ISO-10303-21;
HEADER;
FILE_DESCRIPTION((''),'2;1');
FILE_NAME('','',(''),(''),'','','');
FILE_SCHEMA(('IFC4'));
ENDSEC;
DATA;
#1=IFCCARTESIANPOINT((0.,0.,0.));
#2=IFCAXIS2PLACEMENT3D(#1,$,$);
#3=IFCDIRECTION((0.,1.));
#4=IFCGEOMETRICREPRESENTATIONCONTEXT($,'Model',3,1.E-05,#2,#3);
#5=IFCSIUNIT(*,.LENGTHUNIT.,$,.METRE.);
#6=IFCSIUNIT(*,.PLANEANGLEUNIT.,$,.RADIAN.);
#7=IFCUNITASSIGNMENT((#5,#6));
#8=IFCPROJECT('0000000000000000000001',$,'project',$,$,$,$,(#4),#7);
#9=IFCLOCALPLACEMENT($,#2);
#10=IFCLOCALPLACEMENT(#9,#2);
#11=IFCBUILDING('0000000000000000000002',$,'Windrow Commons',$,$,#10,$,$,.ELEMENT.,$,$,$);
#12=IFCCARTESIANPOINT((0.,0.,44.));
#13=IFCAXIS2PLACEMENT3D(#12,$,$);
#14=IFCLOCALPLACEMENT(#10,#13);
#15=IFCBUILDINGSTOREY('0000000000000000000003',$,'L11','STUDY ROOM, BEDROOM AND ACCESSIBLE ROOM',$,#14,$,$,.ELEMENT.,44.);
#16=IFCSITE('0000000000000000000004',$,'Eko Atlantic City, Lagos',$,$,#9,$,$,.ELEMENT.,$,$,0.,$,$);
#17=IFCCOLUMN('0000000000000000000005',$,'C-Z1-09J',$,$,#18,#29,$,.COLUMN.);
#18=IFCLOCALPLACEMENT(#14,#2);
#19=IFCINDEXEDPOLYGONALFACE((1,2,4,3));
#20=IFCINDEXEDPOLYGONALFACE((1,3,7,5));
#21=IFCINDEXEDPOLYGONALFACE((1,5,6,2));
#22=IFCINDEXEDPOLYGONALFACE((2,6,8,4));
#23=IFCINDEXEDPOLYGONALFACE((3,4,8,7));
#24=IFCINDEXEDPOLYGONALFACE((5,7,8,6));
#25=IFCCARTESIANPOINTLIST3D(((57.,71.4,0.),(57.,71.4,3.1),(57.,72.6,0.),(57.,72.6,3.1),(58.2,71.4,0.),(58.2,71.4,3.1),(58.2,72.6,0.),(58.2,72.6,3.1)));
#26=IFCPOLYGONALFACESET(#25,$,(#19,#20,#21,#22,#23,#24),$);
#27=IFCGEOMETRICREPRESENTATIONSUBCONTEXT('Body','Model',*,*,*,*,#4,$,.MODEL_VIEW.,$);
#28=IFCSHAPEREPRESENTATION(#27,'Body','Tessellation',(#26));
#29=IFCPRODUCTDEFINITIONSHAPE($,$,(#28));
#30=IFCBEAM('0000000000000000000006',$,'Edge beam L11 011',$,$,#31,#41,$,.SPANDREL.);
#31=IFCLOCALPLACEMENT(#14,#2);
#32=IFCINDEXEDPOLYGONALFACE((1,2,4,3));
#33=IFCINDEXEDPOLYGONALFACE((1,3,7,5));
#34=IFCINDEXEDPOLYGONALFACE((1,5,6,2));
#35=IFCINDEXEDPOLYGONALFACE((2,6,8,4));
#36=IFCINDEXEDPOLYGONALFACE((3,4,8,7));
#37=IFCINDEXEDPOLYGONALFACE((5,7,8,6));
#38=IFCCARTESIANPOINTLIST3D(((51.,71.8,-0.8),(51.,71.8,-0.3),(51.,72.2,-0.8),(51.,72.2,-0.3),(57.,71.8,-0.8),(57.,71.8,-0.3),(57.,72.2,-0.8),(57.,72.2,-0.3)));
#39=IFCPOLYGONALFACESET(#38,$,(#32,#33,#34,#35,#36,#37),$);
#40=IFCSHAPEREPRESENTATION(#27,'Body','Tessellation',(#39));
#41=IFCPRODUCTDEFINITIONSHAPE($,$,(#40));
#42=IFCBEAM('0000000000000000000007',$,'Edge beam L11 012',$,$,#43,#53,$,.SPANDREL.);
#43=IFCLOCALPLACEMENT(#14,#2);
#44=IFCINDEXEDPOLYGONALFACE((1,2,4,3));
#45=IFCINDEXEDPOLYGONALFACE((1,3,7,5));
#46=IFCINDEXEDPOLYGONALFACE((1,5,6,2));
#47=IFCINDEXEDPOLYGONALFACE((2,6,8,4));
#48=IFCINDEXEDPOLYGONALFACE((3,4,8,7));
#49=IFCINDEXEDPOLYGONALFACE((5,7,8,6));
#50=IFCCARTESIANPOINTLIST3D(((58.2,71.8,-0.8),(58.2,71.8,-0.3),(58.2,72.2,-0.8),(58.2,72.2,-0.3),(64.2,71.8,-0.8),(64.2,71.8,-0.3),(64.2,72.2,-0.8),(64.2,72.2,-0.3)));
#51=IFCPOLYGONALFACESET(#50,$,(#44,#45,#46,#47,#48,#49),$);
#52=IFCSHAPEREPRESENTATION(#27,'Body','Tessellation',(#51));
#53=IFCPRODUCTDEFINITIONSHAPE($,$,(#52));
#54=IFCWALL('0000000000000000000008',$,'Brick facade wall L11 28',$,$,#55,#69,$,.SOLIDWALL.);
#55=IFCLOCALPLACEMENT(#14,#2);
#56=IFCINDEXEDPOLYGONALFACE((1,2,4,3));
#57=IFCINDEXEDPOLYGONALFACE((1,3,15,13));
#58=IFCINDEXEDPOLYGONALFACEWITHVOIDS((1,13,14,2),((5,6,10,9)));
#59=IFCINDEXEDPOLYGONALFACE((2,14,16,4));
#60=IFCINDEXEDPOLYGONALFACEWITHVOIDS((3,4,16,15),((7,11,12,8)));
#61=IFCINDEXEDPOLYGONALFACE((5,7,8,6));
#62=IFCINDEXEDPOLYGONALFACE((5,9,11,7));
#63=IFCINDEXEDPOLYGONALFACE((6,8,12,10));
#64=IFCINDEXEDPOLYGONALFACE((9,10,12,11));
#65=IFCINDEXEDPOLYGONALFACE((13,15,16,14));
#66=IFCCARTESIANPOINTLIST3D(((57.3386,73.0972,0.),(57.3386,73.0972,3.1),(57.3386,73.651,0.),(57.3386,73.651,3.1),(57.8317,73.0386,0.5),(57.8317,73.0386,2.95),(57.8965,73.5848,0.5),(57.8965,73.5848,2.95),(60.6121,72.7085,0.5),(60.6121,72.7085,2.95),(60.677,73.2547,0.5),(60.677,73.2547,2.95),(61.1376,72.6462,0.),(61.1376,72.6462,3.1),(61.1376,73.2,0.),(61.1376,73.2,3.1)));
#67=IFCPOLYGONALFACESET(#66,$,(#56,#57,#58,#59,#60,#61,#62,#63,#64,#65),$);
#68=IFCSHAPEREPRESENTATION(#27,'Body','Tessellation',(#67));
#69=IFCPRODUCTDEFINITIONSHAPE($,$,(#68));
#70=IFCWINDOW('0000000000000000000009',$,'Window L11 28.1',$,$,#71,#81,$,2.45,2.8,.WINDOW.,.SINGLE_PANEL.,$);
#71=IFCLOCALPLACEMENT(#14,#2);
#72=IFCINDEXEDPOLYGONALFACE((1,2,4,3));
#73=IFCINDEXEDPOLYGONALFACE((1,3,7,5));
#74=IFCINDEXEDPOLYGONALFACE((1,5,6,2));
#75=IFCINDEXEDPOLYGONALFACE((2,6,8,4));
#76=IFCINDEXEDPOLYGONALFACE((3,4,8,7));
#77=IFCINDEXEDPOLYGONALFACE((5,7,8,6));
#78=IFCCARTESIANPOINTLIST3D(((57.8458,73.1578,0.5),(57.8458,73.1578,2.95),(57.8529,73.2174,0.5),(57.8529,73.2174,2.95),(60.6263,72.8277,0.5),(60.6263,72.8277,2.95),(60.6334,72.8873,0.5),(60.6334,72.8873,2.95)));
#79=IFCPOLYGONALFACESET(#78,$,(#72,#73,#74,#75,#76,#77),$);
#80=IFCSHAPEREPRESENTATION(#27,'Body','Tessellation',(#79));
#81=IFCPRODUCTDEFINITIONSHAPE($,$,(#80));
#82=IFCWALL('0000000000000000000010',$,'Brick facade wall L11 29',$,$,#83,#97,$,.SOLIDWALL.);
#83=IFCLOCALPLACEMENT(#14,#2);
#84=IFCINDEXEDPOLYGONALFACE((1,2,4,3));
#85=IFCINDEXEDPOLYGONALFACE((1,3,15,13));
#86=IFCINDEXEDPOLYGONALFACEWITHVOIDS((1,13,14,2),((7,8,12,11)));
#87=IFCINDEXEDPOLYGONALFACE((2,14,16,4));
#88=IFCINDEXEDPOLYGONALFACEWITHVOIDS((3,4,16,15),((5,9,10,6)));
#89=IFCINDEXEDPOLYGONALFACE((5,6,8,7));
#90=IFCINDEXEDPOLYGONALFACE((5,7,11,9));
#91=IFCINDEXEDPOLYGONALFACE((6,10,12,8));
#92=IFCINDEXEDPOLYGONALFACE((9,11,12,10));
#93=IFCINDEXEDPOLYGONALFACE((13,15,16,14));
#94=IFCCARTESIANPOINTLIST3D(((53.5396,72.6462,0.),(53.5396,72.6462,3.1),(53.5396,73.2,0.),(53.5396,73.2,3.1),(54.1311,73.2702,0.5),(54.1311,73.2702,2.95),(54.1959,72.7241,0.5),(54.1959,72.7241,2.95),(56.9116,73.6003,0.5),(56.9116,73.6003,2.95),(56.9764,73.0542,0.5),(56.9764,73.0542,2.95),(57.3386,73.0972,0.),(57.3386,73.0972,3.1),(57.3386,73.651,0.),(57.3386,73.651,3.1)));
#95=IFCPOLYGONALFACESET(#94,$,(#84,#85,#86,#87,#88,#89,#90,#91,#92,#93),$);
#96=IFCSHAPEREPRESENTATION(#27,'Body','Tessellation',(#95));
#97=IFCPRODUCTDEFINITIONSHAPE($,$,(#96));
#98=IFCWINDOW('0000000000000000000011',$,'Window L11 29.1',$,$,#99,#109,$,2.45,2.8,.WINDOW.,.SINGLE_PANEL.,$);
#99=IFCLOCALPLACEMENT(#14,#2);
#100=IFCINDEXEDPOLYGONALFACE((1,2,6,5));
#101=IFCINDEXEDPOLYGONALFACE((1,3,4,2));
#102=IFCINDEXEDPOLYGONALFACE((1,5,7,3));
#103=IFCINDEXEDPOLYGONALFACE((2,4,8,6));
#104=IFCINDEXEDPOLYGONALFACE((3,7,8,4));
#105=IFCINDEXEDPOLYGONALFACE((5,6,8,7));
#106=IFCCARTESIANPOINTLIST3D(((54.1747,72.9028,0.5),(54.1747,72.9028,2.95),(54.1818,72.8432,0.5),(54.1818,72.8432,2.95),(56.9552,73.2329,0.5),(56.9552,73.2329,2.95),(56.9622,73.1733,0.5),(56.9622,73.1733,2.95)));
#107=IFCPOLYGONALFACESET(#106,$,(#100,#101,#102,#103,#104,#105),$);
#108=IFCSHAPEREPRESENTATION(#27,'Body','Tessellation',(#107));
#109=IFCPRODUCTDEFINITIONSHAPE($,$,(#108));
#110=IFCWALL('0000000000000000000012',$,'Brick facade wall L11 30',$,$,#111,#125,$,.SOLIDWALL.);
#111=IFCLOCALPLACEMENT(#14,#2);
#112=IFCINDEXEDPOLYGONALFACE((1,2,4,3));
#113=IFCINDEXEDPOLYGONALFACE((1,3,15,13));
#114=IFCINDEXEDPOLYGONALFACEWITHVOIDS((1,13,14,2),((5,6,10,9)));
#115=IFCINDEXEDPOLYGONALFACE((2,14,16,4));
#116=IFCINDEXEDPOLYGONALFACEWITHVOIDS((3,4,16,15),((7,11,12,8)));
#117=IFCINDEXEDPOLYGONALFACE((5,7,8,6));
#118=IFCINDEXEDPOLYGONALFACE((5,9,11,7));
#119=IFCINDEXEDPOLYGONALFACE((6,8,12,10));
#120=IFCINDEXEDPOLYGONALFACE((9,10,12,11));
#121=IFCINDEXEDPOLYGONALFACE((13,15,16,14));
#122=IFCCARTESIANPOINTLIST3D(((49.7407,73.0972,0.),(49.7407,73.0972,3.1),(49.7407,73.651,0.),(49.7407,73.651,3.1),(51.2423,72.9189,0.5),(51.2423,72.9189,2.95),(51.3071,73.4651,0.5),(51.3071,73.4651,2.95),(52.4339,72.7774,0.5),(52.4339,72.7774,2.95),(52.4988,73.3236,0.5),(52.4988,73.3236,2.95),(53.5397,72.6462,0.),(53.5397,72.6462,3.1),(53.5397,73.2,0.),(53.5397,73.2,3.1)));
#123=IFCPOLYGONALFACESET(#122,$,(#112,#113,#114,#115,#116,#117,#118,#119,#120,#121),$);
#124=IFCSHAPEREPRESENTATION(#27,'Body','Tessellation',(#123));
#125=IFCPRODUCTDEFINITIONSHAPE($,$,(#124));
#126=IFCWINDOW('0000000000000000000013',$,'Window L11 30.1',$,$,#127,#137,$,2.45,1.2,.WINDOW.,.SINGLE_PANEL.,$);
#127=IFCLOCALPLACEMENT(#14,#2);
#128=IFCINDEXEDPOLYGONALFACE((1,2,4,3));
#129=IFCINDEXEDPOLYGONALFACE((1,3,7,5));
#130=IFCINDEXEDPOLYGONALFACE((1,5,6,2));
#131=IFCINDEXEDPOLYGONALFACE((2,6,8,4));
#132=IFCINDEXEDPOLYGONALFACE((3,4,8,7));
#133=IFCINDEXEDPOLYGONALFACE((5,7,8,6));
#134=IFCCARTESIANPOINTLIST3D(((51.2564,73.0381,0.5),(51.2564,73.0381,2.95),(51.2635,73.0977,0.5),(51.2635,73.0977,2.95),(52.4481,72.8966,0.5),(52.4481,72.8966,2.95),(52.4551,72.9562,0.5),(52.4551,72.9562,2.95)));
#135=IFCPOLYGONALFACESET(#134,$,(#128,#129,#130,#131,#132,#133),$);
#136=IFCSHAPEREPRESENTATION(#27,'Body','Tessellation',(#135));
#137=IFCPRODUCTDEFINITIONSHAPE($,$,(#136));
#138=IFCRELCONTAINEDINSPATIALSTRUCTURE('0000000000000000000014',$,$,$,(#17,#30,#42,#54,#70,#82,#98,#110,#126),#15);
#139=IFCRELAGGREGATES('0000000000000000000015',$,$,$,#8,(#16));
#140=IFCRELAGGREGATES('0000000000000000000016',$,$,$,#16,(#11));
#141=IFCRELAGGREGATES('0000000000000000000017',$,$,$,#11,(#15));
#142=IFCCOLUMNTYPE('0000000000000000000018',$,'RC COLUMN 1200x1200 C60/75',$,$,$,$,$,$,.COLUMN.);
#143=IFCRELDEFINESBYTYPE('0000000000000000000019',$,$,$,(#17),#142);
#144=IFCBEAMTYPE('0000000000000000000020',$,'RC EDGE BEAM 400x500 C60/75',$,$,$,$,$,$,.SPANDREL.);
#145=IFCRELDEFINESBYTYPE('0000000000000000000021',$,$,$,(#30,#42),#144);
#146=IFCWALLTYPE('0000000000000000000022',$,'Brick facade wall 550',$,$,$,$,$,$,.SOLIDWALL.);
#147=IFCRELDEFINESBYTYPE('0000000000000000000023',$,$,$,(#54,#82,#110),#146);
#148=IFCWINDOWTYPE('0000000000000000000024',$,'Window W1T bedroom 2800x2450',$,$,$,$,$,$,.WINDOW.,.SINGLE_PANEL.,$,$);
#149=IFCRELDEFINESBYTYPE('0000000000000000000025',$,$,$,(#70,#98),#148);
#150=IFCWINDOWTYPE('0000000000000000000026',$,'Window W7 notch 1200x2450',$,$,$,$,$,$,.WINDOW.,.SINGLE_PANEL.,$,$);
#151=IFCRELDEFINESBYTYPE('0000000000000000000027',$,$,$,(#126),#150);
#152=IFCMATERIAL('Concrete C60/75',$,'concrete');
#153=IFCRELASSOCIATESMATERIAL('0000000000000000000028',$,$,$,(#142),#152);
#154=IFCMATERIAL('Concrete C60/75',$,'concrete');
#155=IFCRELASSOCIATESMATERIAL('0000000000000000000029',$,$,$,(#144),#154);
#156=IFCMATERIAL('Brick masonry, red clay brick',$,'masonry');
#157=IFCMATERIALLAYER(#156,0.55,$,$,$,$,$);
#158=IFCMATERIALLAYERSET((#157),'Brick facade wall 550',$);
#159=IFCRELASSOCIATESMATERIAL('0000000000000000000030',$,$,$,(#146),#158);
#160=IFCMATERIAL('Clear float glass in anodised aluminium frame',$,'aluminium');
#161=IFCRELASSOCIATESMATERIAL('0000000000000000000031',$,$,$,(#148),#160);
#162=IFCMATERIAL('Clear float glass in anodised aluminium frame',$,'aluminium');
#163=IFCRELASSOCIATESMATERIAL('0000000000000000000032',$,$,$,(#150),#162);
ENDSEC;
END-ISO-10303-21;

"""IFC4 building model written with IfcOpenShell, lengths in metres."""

from ifc_helpers import new_model, si_unit, direction, frame, frame_2d, origin, origin_2d, place, context, subcontext, project, spatial, polyline, rectangle, outline, extrude, material, layer, layer_set, material_profile, profile_set, type_object, element, fill, save


model = new_model("IFC4")

# Units and contexts
model_context = context("Model", 3, precision=1e-05, world=origin(), true_north=direction((0.0, 1.0)))
body_context = subcontext(model_context, "Body", "Model", "MODEL_VIEW")
ifc_project = project(units=[si_unit("LENGTHUNIT", "METRE"), si_unit("PLANEANGLEUNIT", "RADIAN")], contexts=[model_context])

# Site, building, storey
site_placement = place(None, origin())
site = spatial("IfcSite", under=ifc_project, at=site_placement, Name="Eko Atlantic City, Lagos", CompositionType="ELEMENT", RefElevation=0.0)
building_placement = place(site_placement, origin())
building = spatial("IfcBuilding", under=site, at=building_placement, Name="Windrow Commons", CompositionType="ELEMENT")
storey_placement = place(building_placement, frame((0.0, 0.0, 44.0)))
storey = spatial("IfcBuildingStorey", under=building, at=storey_placement, Name="L11", Description="STUDY ROOM, BEDROOM AND ACCESSIBLE ROOM", CompositionType="ELEMENT", Elevation=44.0)

# Column
ifc_material_1 = material(Name="Concrete C60/75", Category="concrete")
ifc_material_profile_1 = material_profile(ifc_material_1, rectangle(XDim=1.2, YDim=1.2, at=origin_2d()))
ifc_profile_set_1 = profile_set([ifc_material_profile_1], Name="Concrete C60/75")
column_type = type_object("IfcColumnType", Name="RC COLUMN 1200x1200 C60/75", PredefinedType="COLUMN", material=ifc_profile_set_1)
column_placement = place(storey_placement, frame((57.6, 72.0, 0.0), z_axis=(0.0, 0.0, 1.0), x_axis=(1.0, 0.0, 0.0)))
element("IfcColumn", 1, at=column_placement, inside=storey, type_object=column_type, Name="C-Z1-09J", PredefinedType="COLUMN", context=body_context, shape_type="SweptSolid", body=[
    extrude(rectangle(XDim=1.2, YDim=1.2, at=origin_2d()), origin(), (0.0, 0.0, 1.0), 3.1),
])

# Beams
ifc_material_2 = material(Name="Concrete C60/75", Category="concrete")
ifc_material_profile_2 = material_profile(ifc_material_2, rectangle(XDim=0.4, YDim=0.5, at=origin_2d()))
ifc_profile_set_2 = profile_set([ifc_material_profile_2], Name="Concrete C60/75")
beam_type = type_object("IfcBeamType", Name="RC EDGE BEAM 400x500 C60/75", PredefinedType="SPANDREL", material=ifc_profile_set_2)
for number, where, z_axis, x_axis, name in (
    (2, (51.0, 72.0, -0.55), (1.0, 0.0, 0.0), (0.0, 1.0, 0.0), "Edge beam L11 011"),
    (3, (58.2, 72.0, -0.55), (1.0, 0.0, 0.0), (0.0, 1.0, 0.0), "Edge beam L11 012"),
):
    element("IfcBeam", number, at=place(storey_placement, frame(where, z_axis=z_axis, x_axis=x_axis)), inside=storey, type_object=beam_type, Name=name, PredefinedType="SPANDREL", context=body_context, shape_type="SweptSolid", body=[
        extrude(rectangle(XDim=0.4, YDim=0.5, at=origin_2d()), origin(), (0.0, 0.0, 1.0), 6.0),
    ])

# Walls, openings, windows
ifc_material_3 = material(Name="Brick masonry, red clay brick", Category="masonry")
ifc_layer_1 = layer(ifc_material_3, 0.55)
ifc_layer_set_1 = layer_set([ifc_layer_1], Name="Brick facade wall 550")
wall_type_1 = type_object("IfcWallType", Name="Brick facade wall 550", PredefinedType="SOLIDWALL", material=ifc_layer_set_1)
wall_1_placement = place(storey_placement, frame((61.1376, 72.9231, 0.0), z_axis=(0.0, 0.0, 1.0), x_axis=(-0.993027, 0.117888, 0.0)))
wall_1 = element("IfcWall", 4, at=wall_1_placement, inside=storey, type_object=wall_type_1, Name="Brick facade wall L11 28", PredefinedType="SOLIDWALL", context=body_context, shape_type="SweptSolid", body=[
    extrude(outline(polyline([(0.0326, -0.275), (3.8583, -0.275), (3.793, 0.275), (-0.0326, 0.275), (0.0326, -0.275)])), origin(), (0.0, 0.0, 1.0), 3.1),
])
opening_1_placement = place(wall_1_placement, frame((0.4965, 0.0, 0.5)))
opening_1 = element("IfcOpeningElement", 5, at=opening_1_placement, cuts=wall_1, PredefinedType="OPENING", context=body_context, shape_type="SweptSolid", body=[
    extrude(rectangle(XDim=2.8, YDim=2.45, at=frame_2d((1.4, 1.225))), frame((0.0, 0.285, 0.0), z_axis=(0.0, -1.0, 0.0), x_axis=(1.0, 0.0, 0.0)), (0.0, 0.0, 1.0), 0.57),
])
ifc_material_4 = material(Name="Clear float glass in anodised aluminium frame", Category="aluminium")
window_type_1 = type_object("IfcWindowType", Name="Window W1T bedroom 2800x2450", PartitioningType="SINGLE_PANEL", PredefinedType="WINDOW", material=ifc_material_4)
window_1_placement = place(opening_1_placement, origin())
window_1 = element("IfcWindow", 6, at=window_1_placement, inside=storey, type_object=window_type_1, Name="Window L11 28.1", OverallHeight=2.45, OverallWidth=2.8, PartitioningType="SINGLE_PANEL", PredefinedType="WINDOW", context=body_context, shape_type="SweptSolid", body=[
    extrude(rectangle(XDim=2.8, YDim=2.45, at=frame_2d((1.4, 1.225))), frame((0.0, 0.155, 0.0), z_axis=(0.0, -1.0, 0.0), x_axis=(1.0, 0.0, 0.0)), (0.0, 0.0, 1.0), 0.06),
])
fill(opening_1, window_1)
wall_2_placement = place(storey_placement, frame((57.3386, 73.3741, 0.0), z_axis=(0.0, 0.0, 1.0), x_axis=(-0.993027, -0.117891, 0.0)))
wall_2 = element("IfcWall", 7, at=wall_2_placement, inside=storey, type_object=wall_type_1, Name="Brick facade wall L11 29", PredefinedType="SOLIDWALL", context=body_context, shape_type="SweptSolid", body=[
    extrude(outline(polyline([(-0.0326, -0.275), (3.793, -0.275), (3.8583, 0.275), (0.0326, 0.275), (-0.0326, -0.275)])), origin(), (0.0, 0.0, 1.0), 3.1),
])
opening_2_placement = place(wall_2_placement, frame((0.3974, 0.0, 0.5)))
opening_2 = element("IfcOpeningElement", 8, at=opening_2_placement, cuts=wall_2, PredefinedType="OPENING", context=body_context, shape_type="SweptSolid", body=[
    extrude(rectangle(XDim=2.8, YDim=2.45, at=frame_2d((1.4, 1.225))), frame((0.0, 0.285, 0.0), z_axis=(0.0, -1.0, 0.0), x_axis=(1.0, 0.0, 0.0)), (0.0, 0.0, 1.0), 0.57),
])
window_2_placement = place(opening_2_placement, origin())
window_2 = element("IfcWindow", 9, at=window_2_placement, inside=storey, type_object=window_type_1, Name="Window L11 29.1", OverallHeight=2.45, OverallWidth=2.8, PartitioningType="SINGLE_PANEL", PredefinedType="WINDOW", context=body_context, shape_type="SweptSolid", body=[
    extrude(rectangle(XDim=2.8, YDim=2.45, at=frame_2d((1.4, 1.225))), frame((0.0, 0.155, 0.0), z_axis=(0.0, -1.0, 0.0), x_axis=(1.0, 0.0, 0.0)), (0.0, 0.0, 1.0), 0.06),
])
fill(opening_2, window_2)
wall_3_placement = place(storey_placement, frame((53.5397, 72.9231, 0.0), z_axis=(0.0, 0.0, 1.0), x_axis=(-0.993027, 0.117888, 0.0)))
wall_3 = element("IfcWall", 10, at=wall_3_placement, inside=storey, type_object=wall_type_1, Name="Brick facade wall L11 30", PredefinedType="SOLIDWALL", context=body_context, shape_type="SweptSolid", body=[
    extrude(outline(polyline([(0.0326, -0.275), (3.8583, -0.275), (3.793, 0.275), (-0.0326, 0.275), (0.0326, -0.275)])), origin(), (0.0, 0.0, 1.0), 3.1),
])
opening_3_placement = place(wall_3_placement, frame((1.0809, 0.0, 0.5)))
opening_3 = element("IfcOpeningElement", 11, at=opening_3_placement, cuts=wall_3, PredefinedType="OPENING", context=body_context, shape_type="SweptSolid", body=[
    extrude(rectangle(XDim=1.2, YDim=2.45, at=frame_2d((0.6, 1.225))), frame((0.0, 0.285, 0.0), z_axis=(0.0, -1.0, 0.0), x_axis=(1.0, 0.0, 0.0)), (0.0, 0.0, 1.0), 0.57),
])
ifc_material_5 = material(Name="Clear float glass in anodised aluminium frame", Category="aluminium")
window_type_2 = type_object("IfcWindowType", Name="Window W7 notch 1200x2450", PartitioningType="SINGLE_PANEL", PredefinedType="WINDOW", material=ifc_material_5)
window_3_placement = place(opening_3_placement, origin())
window_3 = element("IfcWindow", 12, at=window_3_placement, inside=storey, type_object=window_type_2, Name="Window L11 30.1", OverallHeight=2.45, OverallWidth=1.2, PartitioningType="SINGLE_PANEL", PredefinedType="WINDOW", context=body_context, shape_type="SweptSolid", body=[
    extrude(rectangle(XDim=1.2, YDim=2.45, at=frame_2d((0.6, 1.225))), frame((0.0, 0.155, 0.0), z_axis=(0.0, -1.0, 0.0), x_axis=(1.0, 0.0, 0.0)), (0.0, 0.0, 1.0), 0.06),
])
fill(opening_3, window_3)

save(model, "model.ifc")
